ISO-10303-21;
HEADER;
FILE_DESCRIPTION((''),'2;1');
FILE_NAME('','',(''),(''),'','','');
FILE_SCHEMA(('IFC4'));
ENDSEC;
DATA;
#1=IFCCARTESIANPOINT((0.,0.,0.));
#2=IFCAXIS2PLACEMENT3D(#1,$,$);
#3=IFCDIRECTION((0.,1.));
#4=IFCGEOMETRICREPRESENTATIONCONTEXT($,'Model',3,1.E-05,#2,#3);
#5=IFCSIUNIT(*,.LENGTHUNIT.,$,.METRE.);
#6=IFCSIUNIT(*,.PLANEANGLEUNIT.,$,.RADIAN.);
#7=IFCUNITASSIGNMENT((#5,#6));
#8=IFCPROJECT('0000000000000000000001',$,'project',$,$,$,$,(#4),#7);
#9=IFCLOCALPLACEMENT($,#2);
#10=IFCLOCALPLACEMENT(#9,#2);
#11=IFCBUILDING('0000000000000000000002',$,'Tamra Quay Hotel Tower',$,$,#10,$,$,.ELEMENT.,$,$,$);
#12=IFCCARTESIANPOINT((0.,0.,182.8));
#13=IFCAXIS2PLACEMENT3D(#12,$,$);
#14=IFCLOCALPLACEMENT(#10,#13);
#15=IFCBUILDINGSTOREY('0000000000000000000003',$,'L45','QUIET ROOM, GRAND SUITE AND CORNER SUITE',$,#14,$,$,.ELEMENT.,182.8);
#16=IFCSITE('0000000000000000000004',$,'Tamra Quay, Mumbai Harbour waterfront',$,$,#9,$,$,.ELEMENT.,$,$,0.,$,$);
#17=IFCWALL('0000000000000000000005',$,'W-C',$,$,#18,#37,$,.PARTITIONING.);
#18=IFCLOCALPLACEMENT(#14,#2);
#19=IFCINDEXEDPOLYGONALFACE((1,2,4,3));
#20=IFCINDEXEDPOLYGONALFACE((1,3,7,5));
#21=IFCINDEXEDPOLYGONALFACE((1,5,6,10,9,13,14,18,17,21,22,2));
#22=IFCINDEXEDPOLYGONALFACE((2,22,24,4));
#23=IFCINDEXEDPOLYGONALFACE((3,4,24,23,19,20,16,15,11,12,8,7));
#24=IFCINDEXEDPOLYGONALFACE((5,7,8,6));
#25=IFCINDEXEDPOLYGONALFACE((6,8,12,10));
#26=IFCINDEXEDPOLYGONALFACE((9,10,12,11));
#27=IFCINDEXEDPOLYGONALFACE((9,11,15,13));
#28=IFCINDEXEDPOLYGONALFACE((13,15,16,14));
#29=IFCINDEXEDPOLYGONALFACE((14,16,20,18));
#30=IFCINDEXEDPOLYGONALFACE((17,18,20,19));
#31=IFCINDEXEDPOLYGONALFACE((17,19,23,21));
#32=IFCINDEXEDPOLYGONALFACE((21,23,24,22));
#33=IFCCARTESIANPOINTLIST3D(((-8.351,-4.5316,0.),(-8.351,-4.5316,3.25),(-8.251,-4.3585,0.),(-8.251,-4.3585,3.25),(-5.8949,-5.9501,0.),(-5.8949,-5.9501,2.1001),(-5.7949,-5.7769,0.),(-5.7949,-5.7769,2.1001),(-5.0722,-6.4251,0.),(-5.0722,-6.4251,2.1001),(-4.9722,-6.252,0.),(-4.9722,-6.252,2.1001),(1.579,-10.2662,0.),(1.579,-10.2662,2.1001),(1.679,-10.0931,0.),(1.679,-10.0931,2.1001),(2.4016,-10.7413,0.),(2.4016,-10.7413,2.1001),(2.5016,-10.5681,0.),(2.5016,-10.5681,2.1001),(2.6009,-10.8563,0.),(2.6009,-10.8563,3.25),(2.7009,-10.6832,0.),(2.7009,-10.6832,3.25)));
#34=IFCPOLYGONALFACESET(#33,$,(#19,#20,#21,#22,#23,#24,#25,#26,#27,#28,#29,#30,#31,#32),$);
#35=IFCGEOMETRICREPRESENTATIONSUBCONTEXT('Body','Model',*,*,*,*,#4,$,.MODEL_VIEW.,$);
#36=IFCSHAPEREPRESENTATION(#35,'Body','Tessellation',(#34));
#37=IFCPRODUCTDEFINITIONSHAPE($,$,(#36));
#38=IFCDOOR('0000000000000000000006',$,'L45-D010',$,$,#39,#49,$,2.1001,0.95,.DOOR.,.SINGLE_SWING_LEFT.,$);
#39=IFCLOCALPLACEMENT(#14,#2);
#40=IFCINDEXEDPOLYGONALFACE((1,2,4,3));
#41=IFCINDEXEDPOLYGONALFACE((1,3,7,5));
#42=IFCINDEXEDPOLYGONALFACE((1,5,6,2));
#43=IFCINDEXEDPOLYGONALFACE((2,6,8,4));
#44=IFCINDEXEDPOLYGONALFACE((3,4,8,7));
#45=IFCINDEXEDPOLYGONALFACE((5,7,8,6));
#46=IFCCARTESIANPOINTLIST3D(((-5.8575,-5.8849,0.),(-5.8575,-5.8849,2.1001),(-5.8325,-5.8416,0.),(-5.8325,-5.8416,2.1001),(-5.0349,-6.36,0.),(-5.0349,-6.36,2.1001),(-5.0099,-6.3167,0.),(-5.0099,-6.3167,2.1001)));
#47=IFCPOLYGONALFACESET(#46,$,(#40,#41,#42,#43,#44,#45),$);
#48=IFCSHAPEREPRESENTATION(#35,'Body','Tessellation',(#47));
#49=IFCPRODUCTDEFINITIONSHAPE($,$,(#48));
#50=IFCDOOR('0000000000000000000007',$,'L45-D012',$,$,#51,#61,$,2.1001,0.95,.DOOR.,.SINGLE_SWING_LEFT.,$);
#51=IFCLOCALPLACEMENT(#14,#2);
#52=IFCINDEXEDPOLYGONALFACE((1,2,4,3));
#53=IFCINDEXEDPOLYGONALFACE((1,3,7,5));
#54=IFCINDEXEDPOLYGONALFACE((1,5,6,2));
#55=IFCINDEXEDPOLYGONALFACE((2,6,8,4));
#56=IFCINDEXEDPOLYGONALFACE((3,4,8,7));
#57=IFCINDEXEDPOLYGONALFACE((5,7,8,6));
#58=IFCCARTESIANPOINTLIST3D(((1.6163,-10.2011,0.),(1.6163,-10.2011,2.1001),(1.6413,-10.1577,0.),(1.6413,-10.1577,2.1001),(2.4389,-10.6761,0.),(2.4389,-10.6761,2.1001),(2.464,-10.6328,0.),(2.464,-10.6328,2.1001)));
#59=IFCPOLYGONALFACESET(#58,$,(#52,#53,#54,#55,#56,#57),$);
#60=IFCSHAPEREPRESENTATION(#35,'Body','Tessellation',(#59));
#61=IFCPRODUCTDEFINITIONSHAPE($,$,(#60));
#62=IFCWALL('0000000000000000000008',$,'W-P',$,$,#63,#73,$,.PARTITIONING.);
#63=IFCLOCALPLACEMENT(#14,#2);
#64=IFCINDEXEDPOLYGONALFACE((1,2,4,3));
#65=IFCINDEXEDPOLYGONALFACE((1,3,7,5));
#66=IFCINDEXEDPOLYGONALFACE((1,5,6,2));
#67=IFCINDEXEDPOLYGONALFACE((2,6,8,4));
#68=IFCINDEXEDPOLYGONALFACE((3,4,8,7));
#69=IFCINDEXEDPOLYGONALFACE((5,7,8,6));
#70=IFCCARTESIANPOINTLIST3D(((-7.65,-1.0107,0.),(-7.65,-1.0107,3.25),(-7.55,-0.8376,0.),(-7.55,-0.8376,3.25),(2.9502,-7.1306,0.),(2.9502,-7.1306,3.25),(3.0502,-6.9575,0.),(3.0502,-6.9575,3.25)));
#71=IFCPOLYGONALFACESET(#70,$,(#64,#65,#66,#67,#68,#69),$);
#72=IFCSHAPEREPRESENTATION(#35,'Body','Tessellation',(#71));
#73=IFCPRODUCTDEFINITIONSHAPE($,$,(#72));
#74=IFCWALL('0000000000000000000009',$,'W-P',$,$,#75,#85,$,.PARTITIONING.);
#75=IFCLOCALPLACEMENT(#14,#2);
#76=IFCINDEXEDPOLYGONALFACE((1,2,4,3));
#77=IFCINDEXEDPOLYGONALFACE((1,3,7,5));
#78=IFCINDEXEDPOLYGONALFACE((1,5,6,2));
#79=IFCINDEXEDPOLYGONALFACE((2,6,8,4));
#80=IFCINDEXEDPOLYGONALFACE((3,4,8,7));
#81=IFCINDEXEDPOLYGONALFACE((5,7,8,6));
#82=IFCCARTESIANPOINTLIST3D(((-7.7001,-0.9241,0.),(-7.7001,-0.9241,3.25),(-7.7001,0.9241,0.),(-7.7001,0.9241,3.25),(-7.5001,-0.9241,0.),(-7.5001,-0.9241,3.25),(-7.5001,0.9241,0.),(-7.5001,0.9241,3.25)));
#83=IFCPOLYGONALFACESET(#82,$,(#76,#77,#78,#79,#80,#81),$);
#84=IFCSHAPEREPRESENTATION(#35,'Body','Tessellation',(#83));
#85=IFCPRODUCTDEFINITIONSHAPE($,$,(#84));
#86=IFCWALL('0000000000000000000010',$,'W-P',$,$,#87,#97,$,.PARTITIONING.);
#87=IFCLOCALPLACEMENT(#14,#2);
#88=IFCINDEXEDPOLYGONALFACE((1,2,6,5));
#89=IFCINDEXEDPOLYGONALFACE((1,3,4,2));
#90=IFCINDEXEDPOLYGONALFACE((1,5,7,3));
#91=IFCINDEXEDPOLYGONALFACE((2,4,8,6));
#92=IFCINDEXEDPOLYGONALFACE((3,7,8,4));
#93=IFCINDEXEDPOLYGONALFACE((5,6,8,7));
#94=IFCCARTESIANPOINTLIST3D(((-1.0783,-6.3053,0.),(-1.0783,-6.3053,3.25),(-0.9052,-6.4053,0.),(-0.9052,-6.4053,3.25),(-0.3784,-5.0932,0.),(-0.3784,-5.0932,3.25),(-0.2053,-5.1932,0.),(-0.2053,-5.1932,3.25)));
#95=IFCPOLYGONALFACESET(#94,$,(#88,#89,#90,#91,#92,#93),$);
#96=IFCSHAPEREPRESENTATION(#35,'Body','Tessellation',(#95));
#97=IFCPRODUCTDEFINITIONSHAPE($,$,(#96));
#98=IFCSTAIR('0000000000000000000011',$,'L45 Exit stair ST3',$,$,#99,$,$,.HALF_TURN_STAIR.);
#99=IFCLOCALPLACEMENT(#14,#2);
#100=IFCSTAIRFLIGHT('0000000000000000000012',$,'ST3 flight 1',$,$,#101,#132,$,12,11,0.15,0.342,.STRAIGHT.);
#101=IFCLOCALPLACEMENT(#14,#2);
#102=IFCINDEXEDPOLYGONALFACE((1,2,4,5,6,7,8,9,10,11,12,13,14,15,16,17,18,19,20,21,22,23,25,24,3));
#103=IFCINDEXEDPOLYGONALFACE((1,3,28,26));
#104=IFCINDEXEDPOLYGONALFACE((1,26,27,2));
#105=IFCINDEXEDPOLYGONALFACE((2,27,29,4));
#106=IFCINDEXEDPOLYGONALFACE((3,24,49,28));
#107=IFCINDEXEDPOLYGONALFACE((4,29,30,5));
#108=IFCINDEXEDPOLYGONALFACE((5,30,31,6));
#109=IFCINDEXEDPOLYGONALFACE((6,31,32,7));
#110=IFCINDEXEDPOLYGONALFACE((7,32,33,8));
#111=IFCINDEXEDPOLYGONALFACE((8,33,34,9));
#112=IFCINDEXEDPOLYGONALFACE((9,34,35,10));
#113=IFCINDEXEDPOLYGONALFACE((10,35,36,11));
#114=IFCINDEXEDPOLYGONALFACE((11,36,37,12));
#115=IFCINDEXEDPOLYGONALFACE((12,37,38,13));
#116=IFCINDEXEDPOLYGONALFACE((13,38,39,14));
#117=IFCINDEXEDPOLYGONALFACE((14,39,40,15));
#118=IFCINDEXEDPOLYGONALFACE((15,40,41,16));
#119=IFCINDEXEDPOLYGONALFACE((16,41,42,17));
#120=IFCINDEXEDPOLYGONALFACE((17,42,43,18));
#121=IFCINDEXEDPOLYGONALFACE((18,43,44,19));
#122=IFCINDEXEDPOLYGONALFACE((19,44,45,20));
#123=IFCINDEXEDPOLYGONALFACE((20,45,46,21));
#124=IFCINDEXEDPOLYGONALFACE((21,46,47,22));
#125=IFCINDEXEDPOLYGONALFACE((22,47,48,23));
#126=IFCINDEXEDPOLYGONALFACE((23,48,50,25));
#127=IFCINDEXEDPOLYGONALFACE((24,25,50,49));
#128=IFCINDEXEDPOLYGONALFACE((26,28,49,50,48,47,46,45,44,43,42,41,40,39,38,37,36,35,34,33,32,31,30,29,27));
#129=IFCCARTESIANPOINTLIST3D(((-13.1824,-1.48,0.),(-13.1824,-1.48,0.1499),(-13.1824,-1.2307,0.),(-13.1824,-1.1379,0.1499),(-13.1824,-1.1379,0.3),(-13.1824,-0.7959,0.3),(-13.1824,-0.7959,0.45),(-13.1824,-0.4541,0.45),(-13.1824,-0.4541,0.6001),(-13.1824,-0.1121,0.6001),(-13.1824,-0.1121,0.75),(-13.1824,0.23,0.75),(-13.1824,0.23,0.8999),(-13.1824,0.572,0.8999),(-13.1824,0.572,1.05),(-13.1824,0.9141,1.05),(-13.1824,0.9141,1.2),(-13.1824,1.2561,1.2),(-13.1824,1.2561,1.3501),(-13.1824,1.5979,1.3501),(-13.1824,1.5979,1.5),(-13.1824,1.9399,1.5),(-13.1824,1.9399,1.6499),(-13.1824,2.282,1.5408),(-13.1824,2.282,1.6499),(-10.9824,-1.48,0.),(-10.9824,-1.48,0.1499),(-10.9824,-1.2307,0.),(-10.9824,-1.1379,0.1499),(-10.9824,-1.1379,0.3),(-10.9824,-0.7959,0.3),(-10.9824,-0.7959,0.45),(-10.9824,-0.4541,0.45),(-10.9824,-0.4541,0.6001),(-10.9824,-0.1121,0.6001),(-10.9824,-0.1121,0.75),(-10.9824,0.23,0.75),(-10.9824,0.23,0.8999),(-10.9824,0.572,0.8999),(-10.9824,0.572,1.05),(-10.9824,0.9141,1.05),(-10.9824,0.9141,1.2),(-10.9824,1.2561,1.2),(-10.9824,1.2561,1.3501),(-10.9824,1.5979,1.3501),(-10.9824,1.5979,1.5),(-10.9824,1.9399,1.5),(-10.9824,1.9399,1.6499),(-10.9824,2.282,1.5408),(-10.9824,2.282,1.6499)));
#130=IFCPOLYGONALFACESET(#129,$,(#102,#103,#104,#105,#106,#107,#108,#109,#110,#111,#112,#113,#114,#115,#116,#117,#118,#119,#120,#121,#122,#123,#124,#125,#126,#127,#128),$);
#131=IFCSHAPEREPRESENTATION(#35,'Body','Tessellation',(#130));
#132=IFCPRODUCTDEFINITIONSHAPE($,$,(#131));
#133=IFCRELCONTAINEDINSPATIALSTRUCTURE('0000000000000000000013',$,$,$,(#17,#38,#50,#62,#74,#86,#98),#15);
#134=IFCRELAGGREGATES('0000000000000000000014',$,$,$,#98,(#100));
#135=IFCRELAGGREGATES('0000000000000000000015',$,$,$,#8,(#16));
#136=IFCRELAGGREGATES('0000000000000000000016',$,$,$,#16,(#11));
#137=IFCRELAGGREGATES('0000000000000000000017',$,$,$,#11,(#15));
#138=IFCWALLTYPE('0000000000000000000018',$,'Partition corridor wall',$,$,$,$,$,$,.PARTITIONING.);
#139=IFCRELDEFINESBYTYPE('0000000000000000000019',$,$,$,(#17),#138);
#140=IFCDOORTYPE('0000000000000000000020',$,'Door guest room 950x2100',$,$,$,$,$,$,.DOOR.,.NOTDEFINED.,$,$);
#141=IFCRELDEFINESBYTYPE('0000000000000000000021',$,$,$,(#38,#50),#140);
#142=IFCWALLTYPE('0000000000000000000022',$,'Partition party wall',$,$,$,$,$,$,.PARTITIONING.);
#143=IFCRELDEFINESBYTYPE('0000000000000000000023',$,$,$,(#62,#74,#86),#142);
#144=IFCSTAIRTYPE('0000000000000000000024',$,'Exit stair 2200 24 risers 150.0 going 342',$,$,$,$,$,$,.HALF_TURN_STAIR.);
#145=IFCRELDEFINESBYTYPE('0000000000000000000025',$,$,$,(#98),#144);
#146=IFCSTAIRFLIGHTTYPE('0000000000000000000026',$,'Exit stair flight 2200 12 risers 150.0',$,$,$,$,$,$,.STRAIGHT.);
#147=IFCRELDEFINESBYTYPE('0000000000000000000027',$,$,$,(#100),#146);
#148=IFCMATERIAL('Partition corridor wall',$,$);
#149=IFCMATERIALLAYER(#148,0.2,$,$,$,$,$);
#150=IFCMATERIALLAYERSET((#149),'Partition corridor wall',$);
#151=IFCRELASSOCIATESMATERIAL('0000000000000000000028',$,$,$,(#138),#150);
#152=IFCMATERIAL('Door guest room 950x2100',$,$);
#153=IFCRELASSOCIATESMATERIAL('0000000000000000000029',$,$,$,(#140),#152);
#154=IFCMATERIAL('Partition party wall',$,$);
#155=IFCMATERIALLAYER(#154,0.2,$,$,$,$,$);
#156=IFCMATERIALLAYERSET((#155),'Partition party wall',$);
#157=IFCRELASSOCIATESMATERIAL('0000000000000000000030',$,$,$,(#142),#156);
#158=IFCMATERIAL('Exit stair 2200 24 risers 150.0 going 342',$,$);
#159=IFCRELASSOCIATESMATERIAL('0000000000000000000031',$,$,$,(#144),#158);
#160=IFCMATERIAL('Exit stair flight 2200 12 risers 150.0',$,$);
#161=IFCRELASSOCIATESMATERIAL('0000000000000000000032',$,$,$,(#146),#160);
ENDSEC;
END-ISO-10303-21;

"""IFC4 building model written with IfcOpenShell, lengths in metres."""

from ifc_helpers import new_model, si_unit, direction, frame, frame_2d, origin, place, context, subcontext, project, spatial, polyline, rectangle, outline, extrude, material, layer, layer_set, type_object, element, fill, aggregate, save


model = new_model("IFC4")

# Units and contexts
model_context = context("Model", 3, precision=1e-05, world=origin(), true_north=direction((0.0, 1.0)))
body_context = subcontext(model_context, "Body", "Model", "MODEL_VIEW")
ifc_project = project(units=[si_unit("LENGTHUNIT", "METRE"), si_unit("PLANEANGLEUNIT", "RADIAN")], contexts=[model_context])

# Site, building, storey
site_placement = place(None, origin())
site = spatial("IfcSite", under=ifc_project, at=site_placement, Name="Tamra Quay, Mumbai Harbour waterfront", CompositionType="ELEMENT", RefElevation=0.0)
building_placement = place(site_placement, origin())
building = spatial("IfcBuilding", under=site, at=building_placement, Name="Tamra Quay Hotel Tower", CompositionType="ELEMENT")
storey_placement = place(building_placement, frame((0.0, 0.0, 182.8)))
storey = spatial("IfcBuildingStorey", under=building, at=storey_placement, Name="L45", Description="QUIET ROOM, GRAND SUITE AND CORNER SUITE", CompositionType="ELEMENT", Elevation=182.8)

# Shared definitions
ifc_material_1 = material(Name="Partition corridor wall")
ifc_layer_1 = layer(ifc_material_1, 0.2)
ifc_layer_set_1 = layer_set([ifc_layer_1], Name="Partition corridor wall")
wall_type_1 = type_object("IfcWallType", Name="Partition corridor wall", PredefinedType="PARTITIONING", material=ifc_layer_set_1)

# Wall, openings, doors
wall_1_placement = place(storey_placement, frame((-8.301, -4.4451, 0.0), z_axis=(0.0, 0.0, 1.0), x_axis=(0.86597, -0.500096, 0.0)))
wall_1 = element("IfcWall", 1, at=wall_1_placement, inside=storey, type_object=wall_type_1, Name="W-C", PredefinedType="PARTITIONING", context=body_context, shape_type="SweptSolid", body=[
    extrude(rectangle(XDim=12.647, YDim=0.2, at=frame_2d((6.3235, 0.0))), origin(), (0.0, 0.0, 1.0), 3.25),
])
opening_1_placement = place(wall_1_placement, frame((2.8362, 0.0, 0.0)))
opening_1 = element("IfcOpeningElement", 2, at=opening_1_placement, cuts=wall_1, PredefinedType="OPENING", context=body_context, shape_type="SweptSolid", body=[
    extrude(rectangle(XDim=0.95, YDim=2.1001, at=frame_2d((0.4751, 1.05))), frame((0.0, 0.1099, 0.0), z_axis=(0.0, -1.0, 0.0), x_axis=(1.0, 0.0, 0.0)), (0.0, 0.0, 1.0), 0.22),
])
opening_2_placement = place(wall_1_placement, frame((11.4668, 0.0, 0.0)))
opening_2 = element("IfcOpeningElement", 3, at=opening_2_placement, cuts=wall_1, PredefinedType="OPENING", context=body_context, shape_type="SweptSolid", body=[
    extrude(rectangle(XDim=0.95, YDim=2.1001, at=frame_2d((0.4751, 1.05))), frame((0.0, 0.1099, 0.0), z_axis=(0.0, -1.0, 0.0), x_axis=(1.0, 0.0, 0.0)), (0.0, 0.0, 1.0), 0.22),
])
ifc_material_2 = material(Name="Door guest room 950x2100")
door_type_1 = type_object("IfcDoorType", Name="Door guest room 950x2100", OperationType="NOTDEFINED", PredefinedType="DOOR", material=ifc_material_2)
door_1_placement = place(opening_1_placement, frame((0.95, 0.0, 0.0), z_axis=(0.0, 0.0, 1.0), x_axis=(-1.0, 0.0, 0.0)))
door_1 = element("IfcDoor", 4, at=door_1_placement, inside=storey, type_object=door_type_1, Name="L45-D010", OperationType="SINGLE_SWING_LEFT", OverallHeight=2.1001, OverallWidth=0.95, PredefinedType="DOOR", context=body_context, shape_type="SweptSolid", body=[
    extrude(rectangle(XDim=0.95, YDim=2.1001, at=frame_2d((0.4751, 1.05))), frame((0.0, 0.0249, 0.0), z_axis=(0.0, -1.0, 0.0), x_axis=(1.0, 0.0, 0.0)), (0.0, 0.0, 1.0), 0.05),
])
fill(opening_1, door_1)
door_2_placement = place(opening_2_placement, frame((0.95, 0.0, 0.0), z_axis=(0.0, 0.0, 1.0), x_axis=(-1.0, 0.0, 0.0)))
door_2 = element("IfcDoor", 5, at=door_2_placement, inside=storey, type_object=door_type_1, Name="L45-D012", OperationType="SINGLE_SWING_LEFT", OverallHeight=2.1001, OverallWidth=0.95, PredefinedType="DOOR", context=body_context, shape_type="SweptSolid", body=[
    extrude(rectangle(XDim=0.95, YDim=2.1001, at=frame_2d((0.4751, 1.05))), frame((0.0, 0.0249, 0.0), z_axis=(0.0, -1.0, 0.0), x_axis=(1.0, 0.0, 0.0)), (0.0, 0.0, 1.0), 0.05),
])
fill(opening_2, door_2)

# Walls
ifc_material_3 = material(Name="Partition party wall")
ifc_layer_2 = layer(ifc_material_3, 0.2)
ifc_layer_set_2 = layer_set([ifc_layer_2], Name="Partition party wall")
wall_type_2 = type_object("IfcWallType", Name="Partition party wall", PredefinedType="PARTITIONING", material=ifc_layer_set_2)
wall_2_placement = place(storey_placement, frame((-7.6001, -0.9241, 0.0), z_axis=(0.0, 0.0, 1.0), x_axis=(0.866029, -0.499994, 0.0)))
element("IfcWall", 6, at=wall_2_placement, inside=storey, type_object=wall_type_2, Name="W-P", PredefinedType="PARTITIONING", context=body_context, shape_type="SweptSolid", body=[
    extrude(rectangle(XDim=12.24, YDim=0.2, at=frame_2d((6.1201, 0.0))), origin(), (0.0, 0.0, 1.0), 3.25),
])
wall_3_placement = place(storey_placement, frame((-7.6001, -0.9241, 0.0), z_axis=(0.0, 0.0, 1.0), x_axis=(0.0, 1.0, 0.0)))
element("IfcWall", 7, at=wall_3_placement, inside=storey, type_object=wall_type_2, Name="W-P", PredefinedType="PARTITIONING", context=body_context, shape_type="SweptSolid", body=[
    extrude(rectangle(XDim=1.8481, YDim=0.2, at=frame_2d((0.9241, 0.0))), origin(), (0.0, 0.0, 1.0), 3.25),
])
wall_4_placement = place(storey_placement, frame((-0.9917, -6.3552, 0.0), z_axis=(0.0, 0.0, 1.0), x_axis=(0.50006, 0.865991, 0.0)))
element("IfcWall", 8, at=wall_4_placement, inside=storey, type_object=wall_type_2, Name="W-P", PredefinedType="PARTITIONING", context=body_context, shape_type="SweptSolid", body=[
    extrude(rectangle(XDim=1.3997, YDim=0.2, at=frame_2d((0.6997, 0.0))), origin(), (0.0, 0.0, 1.0), 3.25),
])

# Stair, stair flight
ifc_material_4 = material(Name="Exit stair 2200 24 risers 150.0 going 342")
stair_type = type_object("IfcStairType", Name="Exit stair 2200 24 risers 150.0 going 342", PredefinedType="HALF_TURN_STAIR", material=ifc_material_4)
stair_placement = place(storey_placement, origin())
stair = element("IfcStair", 9, at=stair_placement, inside=storey, type_object=stair_type, Name="L45 Exit stair ST3", PredefinedType="HALF_TURN_STAIR")
ifc_material_5 = material(Name="Exit stair flight 2200 12 risers 150.0")
stair_flight_type = type_object("IfcStairFlightType", Name="Exit stair flight 2200 12 risers 150.0", PredefinedType="STRAIGHT", material=ifc_material_5)
stair_flight_placement = place(storey_placement, frame((-12.0823, -1.48, 0.0), z_axis=(0.0, 0.0, 1.0), x_axis=(0.0, 1.0, 0.0)))
stair_flight = element("IfcStairFlight", 10, at=stair_flight_placement, type_object=stair_flight_type, Name="ST3 flight 1", NumberOfRisers=12, NumberOfTreads=11, PredefinedType="STRAIGHT", RiserHeight=0.15, TreadLength=0.342, context=body_context, shape_type="SweptSolid", body=[
    extrude(outline(polyline([(0.0, 0.0), (0.0, 0.1499), (0.342, 0.1499), (0.342, 0.3), (0.6841, 0.3), (0.6841, 0.45), (1.0259, 0.45), (1.0259, 0.6001), (1.3679, 0.6001), (1.3679, 0.75), (1.71, 0.75), (1.71, 0.8999), (2.052, 0.8999), (2.052, 1.05), (2.394, 1.05), (2.394, 1.2), (2.7361, 1.2), (2.7361, 1.3501), (3.0779, 1.3501), (3.0779, 1.5), (3.4199, 1.5), (3.4199, 1.6499), (3.762, 1.6499), (3.762, 1.8), (3.762, 1.5408), (0.2493, 0.0), (0.0, 0.0)])), frame((0.0, 1.1001, 0.0), z_axis=(0.0, -1.0, 0.0), x_axis=(1.0, 0.0, 0.0)), (0.0, 0.0, 1.0), 2.2),
])
aggregate(stair, [stair_flight])

save(model, "model.ifc")
